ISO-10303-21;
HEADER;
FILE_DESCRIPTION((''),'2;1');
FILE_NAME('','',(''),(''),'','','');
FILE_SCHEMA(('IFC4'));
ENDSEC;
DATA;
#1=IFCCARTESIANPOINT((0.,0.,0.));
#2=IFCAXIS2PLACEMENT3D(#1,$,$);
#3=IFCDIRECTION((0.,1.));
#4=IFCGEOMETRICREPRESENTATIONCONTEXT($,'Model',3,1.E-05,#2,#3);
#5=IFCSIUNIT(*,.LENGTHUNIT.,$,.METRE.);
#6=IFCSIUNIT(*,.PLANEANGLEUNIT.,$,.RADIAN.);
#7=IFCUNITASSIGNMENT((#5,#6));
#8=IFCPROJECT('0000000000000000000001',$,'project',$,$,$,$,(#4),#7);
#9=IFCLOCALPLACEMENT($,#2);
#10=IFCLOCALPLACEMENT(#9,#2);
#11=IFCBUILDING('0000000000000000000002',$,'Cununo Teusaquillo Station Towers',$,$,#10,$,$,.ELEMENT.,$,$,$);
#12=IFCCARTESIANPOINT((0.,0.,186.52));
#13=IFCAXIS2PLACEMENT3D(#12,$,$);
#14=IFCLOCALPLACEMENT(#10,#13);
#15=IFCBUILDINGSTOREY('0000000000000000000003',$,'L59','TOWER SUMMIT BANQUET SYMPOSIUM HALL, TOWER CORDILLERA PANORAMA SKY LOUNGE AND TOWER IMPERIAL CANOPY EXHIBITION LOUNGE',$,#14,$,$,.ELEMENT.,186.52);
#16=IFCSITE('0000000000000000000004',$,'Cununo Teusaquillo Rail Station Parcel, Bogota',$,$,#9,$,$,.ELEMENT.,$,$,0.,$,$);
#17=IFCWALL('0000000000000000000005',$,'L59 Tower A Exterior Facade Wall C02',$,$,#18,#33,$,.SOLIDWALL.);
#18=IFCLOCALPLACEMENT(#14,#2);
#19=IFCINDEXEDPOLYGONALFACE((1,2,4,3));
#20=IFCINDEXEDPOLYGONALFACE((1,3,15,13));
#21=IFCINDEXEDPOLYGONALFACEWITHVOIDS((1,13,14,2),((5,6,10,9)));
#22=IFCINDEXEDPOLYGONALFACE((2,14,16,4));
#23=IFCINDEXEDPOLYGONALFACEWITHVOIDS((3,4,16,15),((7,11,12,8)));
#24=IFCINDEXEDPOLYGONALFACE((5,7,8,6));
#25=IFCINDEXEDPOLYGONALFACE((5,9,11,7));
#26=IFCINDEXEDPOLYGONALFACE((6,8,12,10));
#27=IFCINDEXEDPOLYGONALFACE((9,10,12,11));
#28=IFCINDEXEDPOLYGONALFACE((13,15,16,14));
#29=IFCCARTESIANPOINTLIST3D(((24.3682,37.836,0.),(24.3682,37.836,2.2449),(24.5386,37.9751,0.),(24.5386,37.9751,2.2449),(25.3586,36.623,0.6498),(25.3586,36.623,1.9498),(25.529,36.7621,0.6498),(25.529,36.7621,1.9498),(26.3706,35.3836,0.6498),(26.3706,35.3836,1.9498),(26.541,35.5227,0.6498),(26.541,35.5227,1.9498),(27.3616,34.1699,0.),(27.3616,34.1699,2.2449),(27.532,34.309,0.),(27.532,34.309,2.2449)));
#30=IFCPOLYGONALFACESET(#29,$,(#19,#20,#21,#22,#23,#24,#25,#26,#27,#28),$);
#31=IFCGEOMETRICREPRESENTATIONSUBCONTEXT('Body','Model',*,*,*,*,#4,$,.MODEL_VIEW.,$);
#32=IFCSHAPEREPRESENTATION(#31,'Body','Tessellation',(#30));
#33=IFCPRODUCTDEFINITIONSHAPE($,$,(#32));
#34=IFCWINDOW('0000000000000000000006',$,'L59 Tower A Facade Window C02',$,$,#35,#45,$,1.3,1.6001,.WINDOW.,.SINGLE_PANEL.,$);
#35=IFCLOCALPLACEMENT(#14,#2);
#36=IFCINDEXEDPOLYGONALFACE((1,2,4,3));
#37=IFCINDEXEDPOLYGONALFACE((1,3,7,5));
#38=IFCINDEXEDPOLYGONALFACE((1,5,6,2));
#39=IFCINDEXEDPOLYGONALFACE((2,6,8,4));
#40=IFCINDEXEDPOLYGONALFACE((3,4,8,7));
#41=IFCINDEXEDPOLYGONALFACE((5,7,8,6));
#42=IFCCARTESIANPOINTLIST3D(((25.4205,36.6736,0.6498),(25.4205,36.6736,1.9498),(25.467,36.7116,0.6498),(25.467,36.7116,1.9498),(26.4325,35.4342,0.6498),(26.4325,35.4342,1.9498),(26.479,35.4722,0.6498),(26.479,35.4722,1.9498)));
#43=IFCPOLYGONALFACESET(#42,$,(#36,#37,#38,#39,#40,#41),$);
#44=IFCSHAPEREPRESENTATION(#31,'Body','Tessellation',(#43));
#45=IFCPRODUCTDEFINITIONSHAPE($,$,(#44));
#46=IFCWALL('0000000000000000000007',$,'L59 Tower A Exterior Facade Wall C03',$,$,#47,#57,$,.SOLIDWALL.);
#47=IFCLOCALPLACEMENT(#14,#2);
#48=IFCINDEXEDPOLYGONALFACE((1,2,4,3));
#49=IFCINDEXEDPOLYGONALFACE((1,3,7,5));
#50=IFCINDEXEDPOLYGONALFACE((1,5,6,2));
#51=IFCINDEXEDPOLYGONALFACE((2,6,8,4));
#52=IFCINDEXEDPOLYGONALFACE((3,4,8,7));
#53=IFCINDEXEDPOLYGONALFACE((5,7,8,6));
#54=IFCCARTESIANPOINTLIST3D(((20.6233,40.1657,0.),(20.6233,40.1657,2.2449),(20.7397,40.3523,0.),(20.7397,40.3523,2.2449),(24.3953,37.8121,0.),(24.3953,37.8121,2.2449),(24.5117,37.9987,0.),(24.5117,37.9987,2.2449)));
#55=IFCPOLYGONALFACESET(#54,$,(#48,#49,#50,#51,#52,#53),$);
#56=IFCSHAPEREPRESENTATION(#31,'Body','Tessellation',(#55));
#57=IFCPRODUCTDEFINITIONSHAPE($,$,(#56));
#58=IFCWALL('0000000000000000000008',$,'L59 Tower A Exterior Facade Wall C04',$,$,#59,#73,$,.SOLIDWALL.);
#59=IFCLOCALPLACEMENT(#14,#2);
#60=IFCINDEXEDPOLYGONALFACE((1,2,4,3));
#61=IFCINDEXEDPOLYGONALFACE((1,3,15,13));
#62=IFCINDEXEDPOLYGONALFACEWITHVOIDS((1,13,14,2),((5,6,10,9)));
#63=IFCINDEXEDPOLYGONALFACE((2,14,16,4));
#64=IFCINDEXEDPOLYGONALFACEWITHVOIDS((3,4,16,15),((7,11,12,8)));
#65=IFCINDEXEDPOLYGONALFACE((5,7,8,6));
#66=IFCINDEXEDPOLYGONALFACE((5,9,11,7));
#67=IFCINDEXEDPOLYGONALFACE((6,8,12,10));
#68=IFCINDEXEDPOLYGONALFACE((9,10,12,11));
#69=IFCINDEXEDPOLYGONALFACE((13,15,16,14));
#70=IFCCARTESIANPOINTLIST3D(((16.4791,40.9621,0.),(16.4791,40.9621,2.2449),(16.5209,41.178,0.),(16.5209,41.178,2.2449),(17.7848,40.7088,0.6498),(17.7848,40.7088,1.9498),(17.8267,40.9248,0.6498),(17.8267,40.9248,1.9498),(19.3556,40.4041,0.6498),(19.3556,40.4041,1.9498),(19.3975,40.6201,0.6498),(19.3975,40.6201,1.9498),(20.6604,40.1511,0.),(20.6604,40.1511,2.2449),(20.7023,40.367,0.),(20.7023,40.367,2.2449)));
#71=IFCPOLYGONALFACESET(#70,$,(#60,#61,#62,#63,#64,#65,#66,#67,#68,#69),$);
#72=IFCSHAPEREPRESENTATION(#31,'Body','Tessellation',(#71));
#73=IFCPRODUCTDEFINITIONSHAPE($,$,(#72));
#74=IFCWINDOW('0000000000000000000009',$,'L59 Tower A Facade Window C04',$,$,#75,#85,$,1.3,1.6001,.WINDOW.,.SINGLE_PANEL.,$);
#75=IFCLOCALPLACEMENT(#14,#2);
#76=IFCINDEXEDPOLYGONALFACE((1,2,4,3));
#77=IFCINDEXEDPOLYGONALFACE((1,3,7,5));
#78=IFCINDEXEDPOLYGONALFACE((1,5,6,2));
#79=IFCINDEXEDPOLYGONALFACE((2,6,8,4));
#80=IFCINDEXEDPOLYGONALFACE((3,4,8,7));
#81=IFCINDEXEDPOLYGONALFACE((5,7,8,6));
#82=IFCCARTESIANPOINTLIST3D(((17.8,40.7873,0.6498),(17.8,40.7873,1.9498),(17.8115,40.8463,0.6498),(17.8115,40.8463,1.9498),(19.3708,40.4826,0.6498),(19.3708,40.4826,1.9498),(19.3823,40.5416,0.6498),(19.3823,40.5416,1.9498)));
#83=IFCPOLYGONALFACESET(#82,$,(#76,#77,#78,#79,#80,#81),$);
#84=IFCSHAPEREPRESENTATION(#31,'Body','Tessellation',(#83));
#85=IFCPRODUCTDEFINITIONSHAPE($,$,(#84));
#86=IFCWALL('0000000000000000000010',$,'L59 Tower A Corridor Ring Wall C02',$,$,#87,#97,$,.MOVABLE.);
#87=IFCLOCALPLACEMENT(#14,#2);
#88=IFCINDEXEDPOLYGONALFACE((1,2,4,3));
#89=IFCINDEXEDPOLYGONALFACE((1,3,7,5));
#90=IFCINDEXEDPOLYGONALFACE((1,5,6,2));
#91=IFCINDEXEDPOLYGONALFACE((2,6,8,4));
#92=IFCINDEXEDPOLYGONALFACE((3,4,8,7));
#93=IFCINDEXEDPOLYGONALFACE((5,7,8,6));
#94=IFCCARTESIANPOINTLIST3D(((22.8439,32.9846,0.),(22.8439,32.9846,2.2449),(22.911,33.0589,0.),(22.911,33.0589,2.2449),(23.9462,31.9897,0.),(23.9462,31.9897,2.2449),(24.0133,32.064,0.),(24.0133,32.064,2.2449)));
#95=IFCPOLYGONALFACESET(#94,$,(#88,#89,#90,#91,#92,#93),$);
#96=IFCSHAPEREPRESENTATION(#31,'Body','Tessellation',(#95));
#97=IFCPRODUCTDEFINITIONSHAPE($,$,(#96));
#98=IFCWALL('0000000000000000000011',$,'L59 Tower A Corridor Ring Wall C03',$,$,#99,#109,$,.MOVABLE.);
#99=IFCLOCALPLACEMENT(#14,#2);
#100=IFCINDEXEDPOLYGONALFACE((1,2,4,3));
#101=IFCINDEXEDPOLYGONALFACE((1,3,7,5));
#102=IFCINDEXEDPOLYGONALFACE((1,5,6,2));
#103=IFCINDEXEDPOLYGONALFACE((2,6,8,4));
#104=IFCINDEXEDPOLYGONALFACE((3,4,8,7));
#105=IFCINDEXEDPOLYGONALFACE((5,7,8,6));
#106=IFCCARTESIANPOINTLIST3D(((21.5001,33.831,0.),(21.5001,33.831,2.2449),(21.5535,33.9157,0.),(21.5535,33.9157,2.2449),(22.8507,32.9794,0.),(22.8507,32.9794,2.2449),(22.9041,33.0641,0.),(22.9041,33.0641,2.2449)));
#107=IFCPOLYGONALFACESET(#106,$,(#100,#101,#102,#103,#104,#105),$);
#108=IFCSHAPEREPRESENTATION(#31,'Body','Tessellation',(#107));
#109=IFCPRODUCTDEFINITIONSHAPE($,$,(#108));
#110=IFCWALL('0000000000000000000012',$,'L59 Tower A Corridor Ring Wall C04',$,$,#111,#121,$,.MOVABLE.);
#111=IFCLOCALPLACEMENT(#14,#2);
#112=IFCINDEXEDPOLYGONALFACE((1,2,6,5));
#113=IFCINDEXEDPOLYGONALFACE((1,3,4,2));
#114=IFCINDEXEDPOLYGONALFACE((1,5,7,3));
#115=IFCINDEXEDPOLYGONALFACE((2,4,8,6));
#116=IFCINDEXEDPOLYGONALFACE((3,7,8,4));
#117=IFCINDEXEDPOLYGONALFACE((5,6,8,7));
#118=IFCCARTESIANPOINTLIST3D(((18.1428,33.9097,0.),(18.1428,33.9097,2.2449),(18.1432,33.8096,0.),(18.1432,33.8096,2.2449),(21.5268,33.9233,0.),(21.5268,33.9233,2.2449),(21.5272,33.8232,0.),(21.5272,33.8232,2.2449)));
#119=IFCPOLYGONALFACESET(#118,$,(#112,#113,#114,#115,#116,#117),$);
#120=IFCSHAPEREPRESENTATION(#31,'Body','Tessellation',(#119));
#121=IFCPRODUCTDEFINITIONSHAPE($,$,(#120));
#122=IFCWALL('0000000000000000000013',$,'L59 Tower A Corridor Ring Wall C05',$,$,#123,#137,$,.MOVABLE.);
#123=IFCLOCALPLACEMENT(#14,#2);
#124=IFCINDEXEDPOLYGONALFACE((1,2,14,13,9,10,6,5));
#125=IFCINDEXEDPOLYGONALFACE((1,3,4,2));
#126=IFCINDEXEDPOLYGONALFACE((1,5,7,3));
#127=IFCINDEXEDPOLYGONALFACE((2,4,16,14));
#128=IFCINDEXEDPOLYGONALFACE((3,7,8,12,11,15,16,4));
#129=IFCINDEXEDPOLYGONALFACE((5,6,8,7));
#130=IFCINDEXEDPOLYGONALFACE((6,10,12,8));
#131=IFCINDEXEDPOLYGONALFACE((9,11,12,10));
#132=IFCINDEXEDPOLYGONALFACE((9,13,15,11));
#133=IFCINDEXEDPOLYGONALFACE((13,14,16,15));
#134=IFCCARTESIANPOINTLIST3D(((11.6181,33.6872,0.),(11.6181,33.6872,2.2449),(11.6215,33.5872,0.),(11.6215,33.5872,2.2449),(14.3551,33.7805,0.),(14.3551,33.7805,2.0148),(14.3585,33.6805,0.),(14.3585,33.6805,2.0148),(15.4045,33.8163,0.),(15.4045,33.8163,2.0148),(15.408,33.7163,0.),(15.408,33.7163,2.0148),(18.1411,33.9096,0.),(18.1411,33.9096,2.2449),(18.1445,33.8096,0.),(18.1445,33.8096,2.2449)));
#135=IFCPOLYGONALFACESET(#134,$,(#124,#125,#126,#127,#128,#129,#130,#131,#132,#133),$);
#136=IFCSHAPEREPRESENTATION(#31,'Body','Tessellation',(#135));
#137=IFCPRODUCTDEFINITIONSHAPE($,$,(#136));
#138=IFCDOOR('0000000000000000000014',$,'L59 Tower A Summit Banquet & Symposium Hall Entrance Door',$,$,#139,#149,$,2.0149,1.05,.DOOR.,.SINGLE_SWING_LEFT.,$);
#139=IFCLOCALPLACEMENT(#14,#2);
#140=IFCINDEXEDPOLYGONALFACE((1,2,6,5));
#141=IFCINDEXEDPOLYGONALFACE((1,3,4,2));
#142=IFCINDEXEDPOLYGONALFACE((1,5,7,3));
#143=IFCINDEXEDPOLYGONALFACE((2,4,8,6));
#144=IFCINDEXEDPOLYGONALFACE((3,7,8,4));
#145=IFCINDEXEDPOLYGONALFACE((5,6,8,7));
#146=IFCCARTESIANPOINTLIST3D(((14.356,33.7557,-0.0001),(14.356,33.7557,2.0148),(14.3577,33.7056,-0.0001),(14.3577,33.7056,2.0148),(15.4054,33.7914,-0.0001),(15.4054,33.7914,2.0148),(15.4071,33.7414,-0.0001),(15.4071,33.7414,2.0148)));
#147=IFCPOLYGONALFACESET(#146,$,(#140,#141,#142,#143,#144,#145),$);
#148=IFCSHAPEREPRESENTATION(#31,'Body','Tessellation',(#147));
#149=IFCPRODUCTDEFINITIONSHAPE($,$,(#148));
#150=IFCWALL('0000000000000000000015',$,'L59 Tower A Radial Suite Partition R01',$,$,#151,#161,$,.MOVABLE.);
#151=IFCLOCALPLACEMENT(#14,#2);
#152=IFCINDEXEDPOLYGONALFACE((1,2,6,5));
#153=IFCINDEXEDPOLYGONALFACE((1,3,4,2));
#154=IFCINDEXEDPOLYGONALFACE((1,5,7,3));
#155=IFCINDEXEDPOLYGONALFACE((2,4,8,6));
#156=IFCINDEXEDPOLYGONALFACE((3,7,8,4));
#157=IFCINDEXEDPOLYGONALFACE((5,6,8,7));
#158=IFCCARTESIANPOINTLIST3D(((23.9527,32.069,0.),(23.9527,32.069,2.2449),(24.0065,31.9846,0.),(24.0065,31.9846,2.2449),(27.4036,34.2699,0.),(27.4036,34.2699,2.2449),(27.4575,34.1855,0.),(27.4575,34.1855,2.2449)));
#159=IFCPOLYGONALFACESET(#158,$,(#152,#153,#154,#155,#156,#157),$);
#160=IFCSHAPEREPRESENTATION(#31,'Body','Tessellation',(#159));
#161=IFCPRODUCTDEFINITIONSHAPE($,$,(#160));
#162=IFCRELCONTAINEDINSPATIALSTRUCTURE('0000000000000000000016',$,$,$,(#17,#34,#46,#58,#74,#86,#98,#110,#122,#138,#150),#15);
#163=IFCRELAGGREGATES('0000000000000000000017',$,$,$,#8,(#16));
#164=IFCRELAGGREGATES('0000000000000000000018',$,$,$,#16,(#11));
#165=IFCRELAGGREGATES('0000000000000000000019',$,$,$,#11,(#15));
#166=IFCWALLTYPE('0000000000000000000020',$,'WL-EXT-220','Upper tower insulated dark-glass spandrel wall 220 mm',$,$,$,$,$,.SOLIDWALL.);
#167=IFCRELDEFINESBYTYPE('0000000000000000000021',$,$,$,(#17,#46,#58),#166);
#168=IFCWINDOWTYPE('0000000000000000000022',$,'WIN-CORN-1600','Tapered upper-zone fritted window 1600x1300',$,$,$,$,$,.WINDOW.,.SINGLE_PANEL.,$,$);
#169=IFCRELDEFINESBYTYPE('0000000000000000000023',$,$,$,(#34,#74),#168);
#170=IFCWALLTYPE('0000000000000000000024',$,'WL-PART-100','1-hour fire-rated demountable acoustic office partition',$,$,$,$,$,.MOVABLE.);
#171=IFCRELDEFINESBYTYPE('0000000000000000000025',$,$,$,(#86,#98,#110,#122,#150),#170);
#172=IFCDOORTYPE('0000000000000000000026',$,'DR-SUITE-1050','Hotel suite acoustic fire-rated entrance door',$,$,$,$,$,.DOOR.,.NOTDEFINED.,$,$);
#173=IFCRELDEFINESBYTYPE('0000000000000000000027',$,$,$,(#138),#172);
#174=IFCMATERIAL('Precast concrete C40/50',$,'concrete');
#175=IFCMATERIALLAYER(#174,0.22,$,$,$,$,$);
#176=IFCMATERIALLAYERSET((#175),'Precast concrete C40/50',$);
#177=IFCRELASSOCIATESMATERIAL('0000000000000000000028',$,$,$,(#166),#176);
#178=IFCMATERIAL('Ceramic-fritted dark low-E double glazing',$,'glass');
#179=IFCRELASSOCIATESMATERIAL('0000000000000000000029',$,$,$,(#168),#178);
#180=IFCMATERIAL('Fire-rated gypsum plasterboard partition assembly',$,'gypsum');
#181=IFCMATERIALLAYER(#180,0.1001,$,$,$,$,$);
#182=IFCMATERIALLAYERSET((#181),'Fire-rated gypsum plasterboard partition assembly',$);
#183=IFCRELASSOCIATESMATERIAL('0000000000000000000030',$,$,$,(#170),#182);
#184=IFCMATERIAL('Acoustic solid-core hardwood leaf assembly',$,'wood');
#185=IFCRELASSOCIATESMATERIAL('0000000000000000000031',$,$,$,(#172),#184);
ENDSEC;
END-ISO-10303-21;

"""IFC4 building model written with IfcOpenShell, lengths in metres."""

from ifc_helpers import new_model, si_unit, direction, frame, frame_2d, origin, place, context, subcontext, project, spatial, rectangle, extrude, source, transform, mapped, material, layer, layer_set, type_object, element, fill, save


model = new_model("IFC4")

# Units and contexts
model_context = context("Model", 3, precision=1e-05, world=origin(), true_north=direction((0.0, 1.0)))
body_context = subcontext(model_context, "Body", "Model", "MODEL_VIEW")
ifc_project = project(units=[si_unit("LENGTHUNIT", "METRE"), si_unit("PLANEANGLEUNIT", "RADIAN")], contexts=[model_context])

# Site, building, storey
site_placement = place(None, origin())
site = spatial("IfcSite", under=ifc_project, at=site_placement, Name="Cununo Teusaquillo Rail Station Parcel, Bogota", CompositionType="ELEMENT", RefElevation=0.0)
building_placement = place(site_placement, origin())
building = spatial("IfcBuilding", under=site, at=building_placement, Name="Cununo Teusaquillo Station Towers", CompositionType="ELEMENT")
storey_placement = place(building_placement, frame((0.0, 0.0, 186.52)))
storey = spatial("IfcBuildingStorey", under=building, at=storey_placement, Name="L59", Description="TOWER SUMMIT BANQUET SYMPOSIUM HALL, TOWER CORDILLERA PANORAMA SKY LOUNGE AND TOWER IMPERIAL CANOPY EXHIBITION LOUNGE", CompositionType="ELEMENT", Elevation=186.52)

# Shared definitions
ifc_material_1 = material(Name="Precast concrete C40/50", Category="concrete")
ifc_layer_1 = layer(ifc_material_1, 0.22)
ifc_layer_set_1 = layer_set([ifc_layer_1], Name="Precast concrete C40/50")
wall_type_1 = type_object("IfcWallType", Name="WL-EXT-220", Description="Upper tower insulated dark-glass spandrel wall 220 mm", PredefinedType="SOLIDWALL", material=ifc_layer_set_1)

# Wall, opening, window
wall_1_placement = place(storey_placement, frame((24.4534, 37.9055, 0.0), z_axis=(0.0, 0.0, 1.0), x_axis=(0.632471, -0.774584, 0.0)))
wall_1 = element("IfcWall", 1, at=wall_1_placement, inside=storey, type_object=wall_type_1, Name="L59 Tower A Exterior Facade Wall C02", PredefinedType="SOLIDWALL", context=body_context, shape_type="SweptSolid", body=[
    extrude(rectangle(XDim=4.7329, YDim=0.22, at=frame_2d((2.3665, 0.0))), origin(), (0.0, 0.0, 1.0), 2.2449),
])
shared_shape_1 = source(origin(), body_context, "Body", "SweptSolid", [
    extrude(rectangle(XDim=1.6001, YDim=1.3, at=frame_2d((0.8, 0.6499))), frame((0.0, 0.1199, 0.0), z_axis=(0.0, -1.0, 0.0), x_axis=(1.0, 0.0, 0.0)), (0.0, 0.0, 1.0), 0.24),
])
opening_1_placement = place(wall_1_placement, frame((1.5659, 0.0, 0.6499)))
opening_1 = element("IfcOpeningElement", 2, at=opening_1_placement, cuts=wall_1, PredefinedType="OPENING", context=body_context, shape_type="MappedRepresentation", body=[
    mapped(shared_shape_1, transform((0.0, 0.0, 0.0), x_axis=(1.0, 0.0, 0.0), y_axis=(0.0, 1.0, 0.0), z_axis=(0.0, 0.0, 1.0), scale=1.0)),
])
ifc_material_2 = material(Name="Ceramic-fritted dark low-E double glazing", Category="glass")
window_type = type_object("IfcWindowType", Name="WIN-CORN-1600", Description="Tapered upper-zone fritted window 1600x1300", PartitioningType="SINGLE_PANEL", PredefinedType="WINDOW", material=ifc_material_2)
shared_shape_2 = source(origin(), body_context, "Body", "SweptSolid", [
    extrude(rectangle(XDim=1.6001, YDim=1.3, at=frame_2d((0.8, 0.6499))), frame((0.0, 0.03, 0.0), z_axis=(0.0, -1.0, 0.0), x_axis=(1.0, 0.0, 0.0)), (0.0, 0.0, 1.0), 0.0601),
])
window_1_placement = place(opening_1_placement, origin())
window_1 = element("IfcWindow", 3, at=window_1_placement, inside=storey, type_object=window_type, Name="L59 Tower A Facade Window C02", OverallHeight=1.3, OverallWidth=1.6001, PartitioningType="SINGLE_PANEL", PredefinedType="WINDOW", context=body_context, shape_type="MappedRepresentation", body=[
    mapped(shared_shape_2, transform((0.0, 0.0, 0.0), x_axis=(1.0, 0.0, 0.0), y_axis=(0.0, 1.0, 0.0), z_axis=(0.0, 0.0, 1.0), scale=1.0)),
])
fill(opening_1, window_1)

# Wall
wall_2_placement = place(storey_placement, frame((20.6814, 40.259, 0.0), z_axis=(0.0, 0.0, 1.0), x_axis=(0.848399, -0.529357, 0.0)))
element("IfcWall", 4, at=wall_2_placement, inside=storey, type_object=wall_type_1, Name="L59 Tower A Exterior Facade Wall C03", PredefinedType="SOLIDWALL", context=body_context, shape_type="SweptSolid", body=[
    extrude(rectangle(XDim=4.446, YDim=0.22, at=frame_2d((2.2231, 0.0))), origin(), (0.0, 0.0, 1.0), 2.2449),
])

# Wall, opening, window
wall_3_placement = place(storey_placement, frame((16.5, 41.0701, 0.0), z_axis=(0.0, 0.0, 1.0), x_axis=(0.981704, -0.190414, 0.0)))
wall_3 = element("IfcWall", 5, at=wall_3_placement, inside=storey, type_object=wall_type_1, Name="L59 Tower A Exterior Facade Wall C04", PredefinedType="SOLIDWALL", context=body_context, shape_type="SweptSolid", body=[
    extrude(rectangle(XDim=4.2593, YDim=0.22, at=frame_2d((2.1296, 0.0))), origin(), (0.0, 0.0, 1.0), 2.2449),
])
opening_2_placement = place(wall_3_placement, frame((1.3301, 0.0, 0.6499)))
opening_2 = element("IfcOpeningElement", 6, at=opening_2_placement, cuts=wall_3, PredefinedType="OPENING", context=body_context, shape_type="MappedRepresentation", body=[
    mapped(shared_shape_1, transform((0.0, 0.0, 0.0), x_axis=(1.0, 0.0, 0.0), y_axis=(0.0, 1.0, 0.0), z_axis=(0.0, 0.0, 1.0), scale=1.0)),
])
window_2_placement = place(opening_2_placement, origin())
window_2 = element("IfcWindow", 7, at=window_2_placement, inside=storey, type_object=window_type, Name="L59 Tower A Facade Window C04", OverallHeight=1.3, OverallWidth=1.6001, PartitioningType="SINGLE_PANEL", PredefinedType="WINDOW", context=body_context, shape_type="MappedRepresentation", body=[
    mapped(shared_shape_2, transform((0.0, 0.0, 0.0), x_axis=(1.0, 0.0, 0.0), y_axis=(0.0, 1.0, 0.0), z_axis=(0.0, 0.0, 1.0), scale=1.0)),
])
fill(opening_2, window_2)

# Walls
ifc_material_3 = material(Name="Fire-rated gypsum plasterboard partition assembly", Category="gypsum")
ifc_layer_2 = layer(ifc_material_3, 0.1001)
ifc_layer_set_2 = layer_set([ifc_layer_2], Name="Fire-rated gypsum plasterboard partition assembly")
wall_type_2 = type_object("IfcWallType", Name="WL-PART-100", Description="1-hour fire-rated demountable acoustic office partition", PredefinedType="MOVABLE", material=ifc_layer_set_2)
wall_4_placement = place(storey_placement, frame((23.9797, 32.0269, 0.0), z_axis=(0.0, 0.0, 1.0), x_axis=(-0.742353, 0.670009, 0.0)))
element("IfcWall", 8, at=wall_4_placement, inside=storey, type_object=wall_type_2, Name="L59 Tower A Corridor Ring Wall C02", PredefinedType="MOVABLE", context=body_context, shape_type="SweptSolid", body=[
    extrude(rectangle(XDim=1.4849, YDim=0.1001, at=frame_2d((0.7424, 0.0))), origin(), (0.0, 0.0, 1.0), 2.2449),
])
wall_5_placement = place(storey_placement, frame((22.8774, 33.0217, 0.0), z_axis=(0.0, 0.0, 1.0), x_axis=(-0.845896, 0.533348, 0.0)))
element("IfcWall", 9, at=wall_5_placement, inside=storey, type_object=wall_type_2, Name="L59 Tower A Corridor Ring Wall C03", PredefinedType="MOVABLE", context=body_context, shape_type="SweptSolid", body=[
    extrude(rectangle(XDim=1.5967, YDim=0.1001, at=frame_2d((0.7983, 0.0))), origin(), (0.0, 0.0, 1.0), 2.2449),
])
wall_6_placement = place(storey_placement, frame((21.5269, 33.8733, 0.0), z_axis=(0.0, 0.0, 1.0), x_axis=(-0.999992, -0.00404, 0.0)))
element("IfcWall", 10, at=wall_6_placement, inside=storey, type_object=wall_type_2, Name="L59 Tower A Corridor Ring Wall C04", PredefinedType="MOVABLE", context=body_context, shape_type="SweptSolid", body=[
    extrude(rectangle(XDim=3.384, YDim=0.1001, at=frame_2d((1.6919, 0.0))), origin(), (0.0, 0.0, 1.0), 2.2449),
])

# Wall, opening, door
wall_7_placement = place(storey_placement, frame((18.1428, 33.8596, 0.0), z_axis=(0.0, 0.0, 1.0), x_axis=(-0.999419, -0.034077, 0.0)))
wall_7 = element("IfcWall", 11, at=wall_7_placement, inside=storey, type_object=wall_type_2, Name="L59 Tower A Corridor Ring Wall C05", PredefinedType="MOVABLE", context=body_context, shape_type="SweptSolid", body=[
    extrude(rectangle(XDim=6.5269, YDim=0.1001, at=frame_2d((3.2634, 0.0))), origin(), (0.0, 0.0, 1.0), 2.2449),
])
shared_shape_3 = source(origin(), body_context, "Body", "SweptSolid", [
    extrude(rectangle(XDim=1.05, YDim=2.0149, at=frame_2d((0.5249, 1.0073))), frame((0.0, 0.0601, 0.0), z_axis=(0.0, -1.0, 0.0), x_axis=(1.0, 0.0, 0.0)), (0.0, 0.0, 1.0), 0.1201),
])
opening_3_placement = place(wall_7_placement, frame((2.7383, 0.0, 0.0)))
opening_3 = element("IfcOpeningElement", 12, at=opening_3_placement, cuts=wall_7, PredefinedType="OPENING", context=body_context, shape_type="MappedRepresentation", body=[
    mapped(shared_shape_3, transform((0.0, 0.0, 0.0), x_axis=(1.0, 0.0, 0.0), y_axis=(0.0, 1.0, 0.0), z_axis=(0.0, 0.0, 1.0), scale=1.0)),
])
ifc_material_4 = material(Name="Acoustic solid-core hardwood leaf assembly", Category="wood")
door_type = type_object("IfcDoorType", Name="DR-SUITE-1050", Description="Hotel suite acoustic fire-rated entrance door", OperationType="NOTDEFINED", PredefinedType="DOOR", material=ifc_material_4)
shared_shape_4 = source(origin(), body_context, "Body", "SweptSolid", [
    extrude(rectangle(XDim=1.05, YDim=2.0149, at=frame_2d((0.5249, 1.0073))), frame((0.0, 0.0249, 0.0), z_axis=(0.0, -1.0, 0.0), x_axis=(1.0, 0.0, 0.0)), (0.0, 0.0, 1.0), 0.05),
])
door_placement = place(opening_3_placement, origin())
door = element("IfcDoor", 13, at=door_placement, inside=storey, type_object=door_type, Name="L59 Tower A Summit Banquet & Symposium Hall Entrance Door", OperationType="SINGLE_SWING_LEFT", OverallHeight=2.0149, OverallWidth=1.05, PredefinedType="DOOR", context=body_context, shape_type="MappedRepresentation", body=[
    mapped(shared_shape_4, transform((0.0, 0.0, 0.0), x_axis=(1.0, 0.0, 0.0), y_axis=(0.0, 1.0, 0.0), z_axis=(0.0, 0.0, 1.0), scale=1.0)),
])
fill(opening_3, door)

# Wall
wall_8_placement = place(storey_placement, frame((23.9797, 32.0269, 0.0), z_axis=(0.0, 0.0, 1.0), x_axis=(0.843121, 0.537724, 0.0)))
element("IfcWall", 14, at=wall_8_placement, inside=storey, type_object=wall_type_2, Name="L59 Tower A Radial Suite Partition R01", PredefinedType="MOVABLE", context=body_context, shape_type="SweptSolid", body=[
    extrude(rectangle(XDim=4.093, YDim=0.1001, at=frame_2d((2.0464, 0.0))), origin(), (0.0, 0.0, 1.0), 2.2449),
])

save(model, "model.ifc")
